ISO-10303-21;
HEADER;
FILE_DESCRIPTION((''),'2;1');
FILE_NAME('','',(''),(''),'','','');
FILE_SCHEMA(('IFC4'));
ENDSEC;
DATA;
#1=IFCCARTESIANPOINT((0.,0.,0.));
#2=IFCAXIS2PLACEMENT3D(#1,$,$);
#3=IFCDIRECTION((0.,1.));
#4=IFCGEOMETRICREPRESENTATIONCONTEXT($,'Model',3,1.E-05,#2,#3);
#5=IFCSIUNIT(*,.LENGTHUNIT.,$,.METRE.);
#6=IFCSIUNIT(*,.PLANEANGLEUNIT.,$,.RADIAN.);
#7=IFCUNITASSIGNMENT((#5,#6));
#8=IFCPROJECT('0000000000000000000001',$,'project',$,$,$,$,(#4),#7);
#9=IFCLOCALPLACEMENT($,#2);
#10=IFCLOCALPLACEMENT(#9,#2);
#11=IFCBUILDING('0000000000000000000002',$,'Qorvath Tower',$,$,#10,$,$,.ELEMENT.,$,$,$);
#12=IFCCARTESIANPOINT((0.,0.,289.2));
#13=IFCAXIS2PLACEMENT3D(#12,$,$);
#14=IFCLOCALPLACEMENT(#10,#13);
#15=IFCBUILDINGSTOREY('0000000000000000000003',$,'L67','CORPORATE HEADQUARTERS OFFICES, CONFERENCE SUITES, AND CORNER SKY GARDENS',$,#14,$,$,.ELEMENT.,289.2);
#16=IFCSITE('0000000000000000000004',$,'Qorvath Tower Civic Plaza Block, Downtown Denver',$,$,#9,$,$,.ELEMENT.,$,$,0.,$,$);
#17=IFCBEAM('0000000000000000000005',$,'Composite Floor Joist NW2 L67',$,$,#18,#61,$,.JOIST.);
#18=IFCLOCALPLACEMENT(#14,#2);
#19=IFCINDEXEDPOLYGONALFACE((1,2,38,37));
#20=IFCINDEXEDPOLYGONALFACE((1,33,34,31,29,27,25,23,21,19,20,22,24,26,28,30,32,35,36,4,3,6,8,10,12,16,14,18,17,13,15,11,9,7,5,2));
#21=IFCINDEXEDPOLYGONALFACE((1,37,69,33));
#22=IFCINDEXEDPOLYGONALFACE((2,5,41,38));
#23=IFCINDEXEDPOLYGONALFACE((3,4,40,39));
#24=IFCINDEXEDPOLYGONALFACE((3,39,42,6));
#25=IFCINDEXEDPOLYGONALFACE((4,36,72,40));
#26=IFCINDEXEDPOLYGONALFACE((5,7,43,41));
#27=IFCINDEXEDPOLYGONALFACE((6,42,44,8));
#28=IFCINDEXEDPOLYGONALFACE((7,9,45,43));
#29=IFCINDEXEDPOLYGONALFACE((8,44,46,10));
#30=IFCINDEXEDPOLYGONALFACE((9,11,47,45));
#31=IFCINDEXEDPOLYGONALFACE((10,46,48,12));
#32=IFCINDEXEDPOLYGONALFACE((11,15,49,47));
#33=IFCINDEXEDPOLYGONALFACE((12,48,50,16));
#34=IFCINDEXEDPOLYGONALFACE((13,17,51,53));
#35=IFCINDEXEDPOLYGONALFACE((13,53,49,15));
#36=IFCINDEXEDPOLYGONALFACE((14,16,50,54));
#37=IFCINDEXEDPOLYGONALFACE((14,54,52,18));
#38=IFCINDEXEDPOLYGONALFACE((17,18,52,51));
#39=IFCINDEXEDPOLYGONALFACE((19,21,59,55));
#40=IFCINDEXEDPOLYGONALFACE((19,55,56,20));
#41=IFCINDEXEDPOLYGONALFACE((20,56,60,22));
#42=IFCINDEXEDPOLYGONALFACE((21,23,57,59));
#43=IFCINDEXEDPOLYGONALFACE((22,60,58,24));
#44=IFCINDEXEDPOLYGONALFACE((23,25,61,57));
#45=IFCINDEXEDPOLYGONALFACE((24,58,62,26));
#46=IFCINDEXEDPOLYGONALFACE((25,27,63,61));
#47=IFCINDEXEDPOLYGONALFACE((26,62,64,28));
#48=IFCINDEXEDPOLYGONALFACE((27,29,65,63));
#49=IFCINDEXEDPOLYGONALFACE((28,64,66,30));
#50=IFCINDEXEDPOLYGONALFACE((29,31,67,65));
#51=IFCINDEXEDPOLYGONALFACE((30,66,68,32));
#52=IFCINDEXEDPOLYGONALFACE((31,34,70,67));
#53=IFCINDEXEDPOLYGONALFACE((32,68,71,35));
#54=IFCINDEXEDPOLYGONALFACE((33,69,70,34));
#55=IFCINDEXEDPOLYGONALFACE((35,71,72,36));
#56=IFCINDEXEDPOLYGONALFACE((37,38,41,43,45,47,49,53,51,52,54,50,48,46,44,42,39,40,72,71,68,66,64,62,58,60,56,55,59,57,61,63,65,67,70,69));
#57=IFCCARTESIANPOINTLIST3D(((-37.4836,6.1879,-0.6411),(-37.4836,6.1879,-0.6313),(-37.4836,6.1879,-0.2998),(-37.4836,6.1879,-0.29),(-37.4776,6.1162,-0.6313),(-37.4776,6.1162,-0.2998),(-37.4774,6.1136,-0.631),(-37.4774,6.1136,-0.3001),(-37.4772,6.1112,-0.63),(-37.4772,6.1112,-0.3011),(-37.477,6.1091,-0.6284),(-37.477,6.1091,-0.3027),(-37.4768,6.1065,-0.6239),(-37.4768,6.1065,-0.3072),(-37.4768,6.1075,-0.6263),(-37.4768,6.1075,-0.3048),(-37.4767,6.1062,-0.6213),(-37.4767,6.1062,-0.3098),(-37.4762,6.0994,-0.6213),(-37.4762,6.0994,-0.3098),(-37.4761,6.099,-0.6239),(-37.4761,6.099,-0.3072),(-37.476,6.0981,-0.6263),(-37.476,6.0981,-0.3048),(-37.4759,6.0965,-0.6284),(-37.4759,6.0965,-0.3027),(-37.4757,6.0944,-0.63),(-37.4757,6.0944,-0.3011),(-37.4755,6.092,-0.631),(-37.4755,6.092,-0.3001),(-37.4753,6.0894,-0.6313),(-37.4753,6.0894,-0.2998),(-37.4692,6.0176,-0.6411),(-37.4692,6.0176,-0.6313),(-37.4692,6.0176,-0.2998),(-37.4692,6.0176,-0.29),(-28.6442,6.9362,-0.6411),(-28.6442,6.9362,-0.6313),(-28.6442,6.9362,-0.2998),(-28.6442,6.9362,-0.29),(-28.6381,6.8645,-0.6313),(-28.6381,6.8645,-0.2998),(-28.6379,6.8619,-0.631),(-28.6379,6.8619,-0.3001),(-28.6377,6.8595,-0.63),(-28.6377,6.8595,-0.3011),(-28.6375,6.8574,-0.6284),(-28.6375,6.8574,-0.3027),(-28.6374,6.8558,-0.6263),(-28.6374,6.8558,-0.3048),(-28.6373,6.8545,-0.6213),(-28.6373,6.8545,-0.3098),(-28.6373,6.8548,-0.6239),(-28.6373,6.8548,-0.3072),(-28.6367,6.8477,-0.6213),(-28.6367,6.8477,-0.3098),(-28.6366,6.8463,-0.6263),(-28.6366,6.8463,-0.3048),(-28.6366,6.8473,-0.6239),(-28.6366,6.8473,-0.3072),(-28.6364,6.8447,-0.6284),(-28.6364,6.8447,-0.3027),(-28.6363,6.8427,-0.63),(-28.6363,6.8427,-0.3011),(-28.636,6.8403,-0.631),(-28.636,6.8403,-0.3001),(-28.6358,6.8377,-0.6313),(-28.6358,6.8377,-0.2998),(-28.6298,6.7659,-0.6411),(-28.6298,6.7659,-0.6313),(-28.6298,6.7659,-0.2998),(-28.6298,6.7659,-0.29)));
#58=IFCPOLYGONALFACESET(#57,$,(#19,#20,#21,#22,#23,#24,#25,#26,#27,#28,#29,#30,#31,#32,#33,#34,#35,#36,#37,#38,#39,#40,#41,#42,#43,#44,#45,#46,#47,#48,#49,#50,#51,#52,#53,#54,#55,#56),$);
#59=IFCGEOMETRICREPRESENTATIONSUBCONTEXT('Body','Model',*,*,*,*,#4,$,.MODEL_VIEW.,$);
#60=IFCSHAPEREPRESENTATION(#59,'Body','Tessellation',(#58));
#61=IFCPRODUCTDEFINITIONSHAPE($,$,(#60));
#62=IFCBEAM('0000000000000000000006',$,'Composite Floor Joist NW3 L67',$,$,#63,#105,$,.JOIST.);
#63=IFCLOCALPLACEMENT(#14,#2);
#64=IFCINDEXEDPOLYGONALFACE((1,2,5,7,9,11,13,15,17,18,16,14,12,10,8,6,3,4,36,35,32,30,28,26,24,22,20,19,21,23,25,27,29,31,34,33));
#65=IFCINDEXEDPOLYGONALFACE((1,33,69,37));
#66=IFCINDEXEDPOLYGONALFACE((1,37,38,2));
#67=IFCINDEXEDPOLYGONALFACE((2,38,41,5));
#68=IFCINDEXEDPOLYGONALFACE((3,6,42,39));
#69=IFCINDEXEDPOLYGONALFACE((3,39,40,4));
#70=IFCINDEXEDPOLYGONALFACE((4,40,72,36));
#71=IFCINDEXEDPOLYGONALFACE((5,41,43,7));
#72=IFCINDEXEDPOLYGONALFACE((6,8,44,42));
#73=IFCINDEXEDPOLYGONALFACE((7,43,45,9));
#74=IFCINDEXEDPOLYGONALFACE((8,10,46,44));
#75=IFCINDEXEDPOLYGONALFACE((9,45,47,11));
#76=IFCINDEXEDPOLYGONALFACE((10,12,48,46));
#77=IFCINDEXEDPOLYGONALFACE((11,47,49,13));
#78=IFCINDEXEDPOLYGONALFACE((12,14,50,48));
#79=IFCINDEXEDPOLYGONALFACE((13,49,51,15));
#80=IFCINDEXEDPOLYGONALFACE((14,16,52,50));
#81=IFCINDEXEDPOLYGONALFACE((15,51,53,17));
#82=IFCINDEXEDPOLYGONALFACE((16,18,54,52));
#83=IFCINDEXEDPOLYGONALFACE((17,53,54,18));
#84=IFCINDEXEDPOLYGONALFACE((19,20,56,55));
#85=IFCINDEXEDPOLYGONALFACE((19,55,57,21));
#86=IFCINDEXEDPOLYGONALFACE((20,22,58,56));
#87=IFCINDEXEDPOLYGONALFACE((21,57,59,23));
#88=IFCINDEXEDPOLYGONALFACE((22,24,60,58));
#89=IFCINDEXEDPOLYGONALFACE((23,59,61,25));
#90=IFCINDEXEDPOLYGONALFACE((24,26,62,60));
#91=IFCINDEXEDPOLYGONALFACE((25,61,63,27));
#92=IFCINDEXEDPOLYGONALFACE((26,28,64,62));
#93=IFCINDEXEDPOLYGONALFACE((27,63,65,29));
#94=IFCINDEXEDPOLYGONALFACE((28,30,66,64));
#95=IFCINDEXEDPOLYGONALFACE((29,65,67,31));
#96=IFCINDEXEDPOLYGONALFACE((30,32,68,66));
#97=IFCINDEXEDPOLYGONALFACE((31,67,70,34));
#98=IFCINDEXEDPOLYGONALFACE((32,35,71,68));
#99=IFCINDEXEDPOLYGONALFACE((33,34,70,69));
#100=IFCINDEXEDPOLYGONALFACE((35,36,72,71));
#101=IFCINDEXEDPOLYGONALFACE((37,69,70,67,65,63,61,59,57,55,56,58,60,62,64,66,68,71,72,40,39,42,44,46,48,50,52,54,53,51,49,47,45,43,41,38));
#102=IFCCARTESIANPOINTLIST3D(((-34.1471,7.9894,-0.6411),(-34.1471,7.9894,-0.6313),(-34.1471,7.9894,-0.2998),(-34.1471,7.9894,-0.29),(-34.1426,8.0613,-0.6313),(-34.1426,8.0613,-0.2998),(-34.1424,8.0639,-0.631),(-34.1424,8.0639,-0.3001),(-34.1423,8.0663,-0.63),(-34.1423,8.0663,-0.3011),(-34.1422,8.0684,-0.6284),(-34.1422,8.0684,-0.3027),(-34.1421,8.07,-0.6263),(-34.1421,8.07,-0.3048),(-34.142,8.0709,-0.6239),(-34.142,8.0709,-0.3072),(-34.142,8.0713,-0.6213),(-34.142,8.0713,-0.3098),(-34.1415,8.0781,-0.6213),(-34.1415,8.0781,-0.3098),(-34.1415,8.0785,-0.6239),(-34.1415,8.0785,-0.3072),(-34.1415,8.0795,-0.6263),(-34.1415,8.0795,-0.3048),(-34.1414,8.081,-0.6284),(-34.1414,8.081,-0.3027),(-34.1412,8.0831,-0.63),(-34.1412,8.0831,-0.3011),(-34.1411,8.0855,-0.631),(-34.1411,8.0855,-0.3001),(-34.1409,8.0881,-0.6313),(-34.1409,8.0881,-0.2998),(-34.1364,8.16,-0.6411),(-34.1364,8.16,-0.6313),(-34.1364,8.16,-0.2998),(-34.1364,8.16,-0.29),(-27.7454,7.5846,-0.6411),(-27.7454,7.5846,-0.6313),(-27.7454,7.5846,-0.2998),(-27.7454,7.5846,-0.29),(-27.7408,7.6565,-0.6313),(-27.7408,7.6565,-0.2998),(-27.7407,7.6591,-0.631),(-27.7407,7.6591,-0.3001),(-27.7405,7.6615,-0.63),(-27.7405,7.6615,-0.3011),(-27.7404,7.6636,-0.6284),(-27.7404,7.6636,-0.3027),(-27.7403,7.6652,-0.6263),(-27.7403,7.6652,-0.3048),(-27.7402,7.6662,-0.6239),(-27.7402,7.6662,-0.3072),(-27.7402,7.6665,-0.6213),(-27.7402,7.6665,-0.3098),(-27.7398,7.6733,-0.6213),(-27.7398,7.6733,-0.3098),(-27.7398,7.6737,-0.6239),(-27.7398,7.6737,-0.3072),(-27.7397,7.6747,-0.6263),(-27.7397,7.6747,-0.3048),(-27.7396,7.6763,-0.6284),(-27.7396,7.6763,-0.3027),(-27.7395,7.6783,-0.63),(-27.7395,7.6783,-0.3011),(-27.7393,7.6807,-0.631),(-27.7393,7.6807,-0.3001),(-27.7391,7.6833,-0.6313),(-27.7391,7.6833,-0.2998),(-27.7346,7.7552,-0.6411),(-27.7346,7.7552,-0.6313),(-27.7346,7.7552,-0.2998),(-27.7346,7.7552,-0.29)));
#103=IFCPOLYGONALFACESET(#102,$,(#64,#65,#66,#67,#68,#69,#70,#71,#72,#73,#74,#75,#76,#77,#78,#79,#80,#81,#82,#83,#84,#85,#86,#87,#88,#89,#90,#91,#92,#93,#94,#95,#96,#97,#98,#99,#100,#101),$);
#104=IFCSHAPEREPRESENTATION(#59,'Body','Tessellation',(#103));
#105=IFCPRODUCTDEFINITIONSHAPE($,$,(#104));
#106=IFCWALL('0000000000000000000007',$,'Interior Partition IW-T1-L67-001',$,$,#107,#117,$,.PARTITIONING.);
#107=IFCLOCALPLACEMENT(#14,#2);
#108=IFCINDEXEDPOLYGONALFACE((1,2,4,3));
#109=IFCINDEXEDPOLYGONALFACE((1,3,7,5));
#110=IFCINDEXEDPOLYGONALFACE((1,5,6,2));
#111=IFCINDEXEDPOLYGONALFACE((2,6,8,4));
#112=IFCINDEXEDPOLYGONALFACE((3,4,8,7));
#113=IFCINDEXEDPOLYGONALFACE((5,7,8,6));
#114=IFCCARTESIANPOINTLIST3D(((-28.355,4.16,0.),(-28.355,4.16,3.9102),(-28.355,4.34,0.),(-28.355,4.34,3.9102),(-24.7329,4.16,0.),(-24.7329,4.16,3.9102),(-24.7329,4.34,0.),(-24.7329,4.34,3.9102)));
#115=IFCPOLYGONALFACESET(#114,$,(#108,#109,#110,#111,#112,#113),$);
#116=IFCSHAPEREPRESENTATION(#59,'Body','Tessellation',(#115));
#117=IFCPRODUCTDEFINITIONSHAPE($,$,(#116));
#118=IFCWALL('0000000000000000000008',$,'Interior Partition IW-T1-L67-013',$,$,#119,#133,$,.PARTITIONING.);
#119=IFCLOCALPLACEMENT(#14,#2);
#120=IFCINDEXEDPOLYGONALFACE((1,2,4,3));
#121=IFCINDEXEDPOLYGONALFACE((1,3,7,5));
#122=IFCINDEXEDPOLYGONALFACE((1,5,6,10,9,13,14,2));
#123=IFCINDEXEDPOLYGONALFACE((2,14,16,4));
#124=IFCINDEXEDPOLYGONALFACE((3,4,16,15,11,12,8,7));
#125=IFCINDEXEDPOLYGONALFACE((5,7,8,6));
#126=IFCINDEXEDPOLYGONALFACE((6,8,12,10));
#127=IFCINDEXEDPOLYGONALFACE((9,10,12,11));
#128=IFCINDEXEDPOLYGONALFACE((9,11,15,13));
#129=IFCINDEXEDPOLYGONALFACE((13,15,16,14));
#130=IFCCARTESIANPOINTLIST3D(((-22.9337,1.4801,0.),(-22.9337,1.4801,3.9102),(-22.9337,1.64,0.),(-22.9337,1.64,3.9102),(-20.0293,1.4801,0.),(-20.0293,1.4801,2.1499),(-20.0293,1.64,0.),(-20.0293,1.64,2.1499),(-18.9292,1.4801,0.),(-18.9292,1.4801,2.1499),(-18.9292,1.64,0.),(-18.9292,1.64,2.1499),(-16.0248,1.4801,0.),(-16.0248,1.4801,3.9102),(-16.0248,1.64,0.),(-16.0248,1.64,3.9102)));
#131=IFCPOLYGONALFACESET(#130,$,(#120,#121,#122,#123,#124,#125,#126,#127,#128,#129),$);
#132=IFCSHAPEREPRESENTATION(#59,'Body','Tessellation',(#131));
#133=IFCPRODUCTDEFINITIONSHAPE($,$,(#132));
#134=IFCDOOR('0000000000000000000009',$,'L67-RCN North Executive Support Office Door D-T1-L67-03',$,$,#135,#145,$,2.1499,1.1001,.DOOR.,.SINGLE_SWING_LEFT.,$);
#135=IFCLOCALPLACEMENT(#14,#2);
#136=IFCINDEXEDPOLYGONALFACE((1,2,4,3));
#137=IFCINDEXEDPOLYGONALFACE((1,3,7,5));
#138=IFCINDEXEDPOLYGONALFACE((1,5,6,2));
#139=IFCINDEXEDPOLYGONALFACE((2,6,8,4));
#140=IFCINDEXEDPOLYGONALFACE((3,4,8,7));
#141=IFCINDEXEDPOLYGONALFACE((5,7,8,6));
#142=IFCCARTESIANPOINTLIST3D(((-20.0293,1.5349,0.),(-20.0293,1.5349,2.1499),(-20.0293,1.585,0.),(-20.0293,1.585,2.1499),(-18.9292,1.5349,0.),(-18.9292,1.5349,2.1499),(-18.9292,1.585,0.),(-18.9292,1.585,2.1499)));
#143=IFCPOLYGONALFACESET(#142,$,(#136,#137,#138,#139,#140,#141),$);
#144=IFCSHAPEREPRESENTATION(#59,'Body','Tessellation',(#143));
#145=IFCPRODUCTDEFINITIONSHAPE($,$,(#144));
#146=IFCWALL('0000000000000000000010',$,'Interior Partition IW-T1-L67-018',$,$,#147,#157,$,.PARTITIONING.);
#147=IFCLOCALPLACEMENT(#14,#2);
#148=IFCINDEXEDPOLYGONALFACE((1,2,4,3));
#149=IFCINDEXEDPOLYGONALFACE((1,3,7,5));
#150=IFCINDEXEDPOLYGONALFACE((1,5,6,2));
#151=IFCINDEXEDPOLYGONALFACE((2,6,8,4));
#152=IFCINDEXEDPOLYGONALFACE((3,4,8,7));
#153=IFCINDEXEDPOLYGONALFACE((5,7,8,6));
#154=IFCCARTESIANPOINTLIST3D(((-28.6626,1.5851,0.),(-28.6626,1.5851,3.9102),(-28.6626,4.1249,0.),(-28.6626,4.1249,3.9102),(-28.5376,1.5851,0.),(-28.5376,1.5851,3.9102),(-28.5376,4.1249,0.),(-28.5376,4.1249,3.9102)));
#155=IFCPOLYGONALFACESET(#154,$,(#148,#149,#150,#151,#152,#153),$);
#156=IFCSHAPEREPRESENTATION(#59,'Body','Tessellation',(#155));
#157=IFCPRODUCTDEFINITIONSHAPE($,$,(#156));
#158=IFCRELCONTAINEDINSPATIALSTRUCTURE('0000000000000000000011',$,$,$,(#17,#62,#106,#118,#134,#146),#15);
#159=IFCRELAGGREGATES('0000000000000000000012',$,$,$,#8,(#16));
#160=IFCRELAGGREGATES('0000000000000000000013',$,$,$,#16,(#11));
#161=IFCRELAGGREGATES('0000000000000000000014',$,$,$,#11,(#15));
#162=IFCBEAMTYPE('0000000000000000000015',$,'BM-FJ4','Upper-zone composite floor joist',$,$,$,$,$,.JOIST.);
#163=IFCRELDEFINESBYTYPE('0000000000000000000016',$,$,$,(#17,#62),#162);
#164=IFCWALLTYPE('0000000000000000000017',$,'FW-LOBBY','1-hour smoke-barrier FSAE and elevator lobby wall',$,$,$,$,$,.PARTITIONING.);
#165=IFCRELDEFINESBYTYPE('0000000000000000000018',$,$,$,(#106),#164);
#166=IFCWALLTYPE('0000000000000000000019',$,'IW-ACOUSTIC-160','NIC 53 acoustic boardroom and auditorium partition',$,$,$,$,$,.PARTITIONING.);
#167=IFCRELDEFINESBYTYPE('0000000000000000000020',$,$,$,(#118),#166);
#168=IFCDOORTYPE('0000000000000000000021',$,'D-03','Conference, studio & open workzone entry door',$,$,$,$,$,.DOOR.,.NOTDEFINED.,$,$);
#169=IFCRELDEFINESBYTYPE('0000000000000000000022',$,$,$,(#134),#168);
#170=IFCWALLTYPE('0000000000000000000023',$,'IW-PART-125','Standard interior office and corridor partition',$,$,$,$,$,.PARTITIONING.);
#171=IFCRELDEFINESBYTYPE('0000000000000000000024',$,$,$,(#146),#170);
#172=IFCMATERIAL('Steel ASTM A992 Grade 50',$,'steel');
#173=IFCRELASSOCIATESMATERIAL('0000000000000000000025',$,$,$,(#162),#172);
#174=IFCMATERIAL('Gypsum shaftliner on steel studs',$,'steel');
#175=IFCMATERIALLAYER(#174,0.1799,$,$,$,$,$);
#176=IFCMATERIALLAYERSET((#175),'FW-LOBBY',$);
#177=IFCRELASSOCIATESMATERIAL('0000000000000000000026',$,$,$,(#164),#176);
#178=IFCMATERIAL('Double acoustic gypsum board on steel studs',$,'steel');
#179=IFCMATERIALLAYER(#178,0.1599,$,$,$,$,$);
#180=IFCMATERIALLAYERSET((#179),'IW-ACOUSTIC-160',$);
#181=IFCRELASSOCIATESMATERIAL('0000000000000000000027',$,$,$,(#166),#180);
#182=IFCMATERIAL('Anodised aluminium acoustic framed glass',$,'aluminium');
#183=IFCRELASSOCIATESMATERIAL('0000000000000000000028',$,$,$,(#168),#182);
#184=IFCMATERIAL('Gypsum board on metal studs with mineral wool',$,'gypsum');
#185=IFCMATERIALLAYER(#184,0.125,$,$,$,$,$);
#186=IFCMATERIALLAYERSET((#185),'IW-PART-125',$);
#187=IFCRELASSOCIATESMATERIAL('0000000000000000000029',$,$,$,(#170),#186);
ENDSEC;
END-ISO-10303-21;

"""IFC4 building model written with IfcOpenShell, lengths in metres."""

from ifc_helpers import new_model, si_unit, direction, frame, frame_2d, origin, origin_2d, place, context, subcontext, project, spatial, rectangle, i_section, extrude, material, layer, layer_set, material_profile, profile_set, type_object, element, fill, save


model = new_model("IFC4")

# Units and contexts
model_context = context("Model", 3, precision=1e-05, world=origin(), true_north=direction((0.0, 1.0)))
body_context = subcontext(model_context, "Body", "Model", "MODEL_VIEW")
ifc_project = project(units=[si_unit("LENGTHUNIT", "METRE"), si_unit("PLANEANGLEUNIT", "RADIAN")], contexts=[model_context])

# Site, building, storey
site_placement = place(None, origin())
site = spatial("IfcSite", under=ifc_project, at=site_placement, Name="Qorvath Tower Civic Plaza Block, Downtown Denver", CompositionType="ELEMENT", RefElevation=0.0)
building_placement = place(site_placement, origin())
building = spatial("IfcBuilding", under=site, at=building_placement, Name="Qorvath Tower", CompositionType="ELEMENT")
storey_placement = place(building_placement, frame((0.0, 0.0, 289.2)))
storey = spatial("IfcBuildingStorey", under=building, at=storey_placement, Name="L67", Description="CORPORATE HEADQUARTERS OFFICES, CONFERENCE SUITES, AND CORNER SKY GARDENS", CompositionType="ELEMENT", Elevation=289.2)

# Beams
ifc_material_1 = material(Name="Steel ASTM A992 Grade 50", Category="steel")
ifc_material_profile = material_profile(ifc_material_1, i_section(OverallWidth=0.1709, OverallDepth=0.3511, WebThickness=0.0068, FlangeThickness=0.0098, FilletRadius=0.01, at=origin_2d()), Name="W14x30")
ifc_profile_set = profile_set([ifc_material_profile], Name="Steel ASTM A992 Grade 50")
beam_type = type_object("IfcBeamType", Name="BM-FJ4", Description="Upper-zone composite floor joist", PredefinedType="JOIST", material=ifc_profile_set)
beam_1_placement = place(storey_placement, frame((-28.637, 6.8511, -0.4656), z_axis=(-0.996436, -0.08435, 0.0), x_axis=(0.08435, -0.996436, 0.0)))
element("IfcBeam", 1, at=beam_1_placement, inside=storey, type_object=beam_type, Name="Composite Floor Joist NW2 L67", PredefinedType="JOIST", context=body_context, shape_type="SweptSolid", body=[
    extrude(i_section(OverallWidth=0.1709, OverallDepth=0.3511, WebThickness=0.0068, FlangeThickness=0.0098, FilletRadius=0.01, at=origin_2d()), origin(), (0.0, 0.0, 1.0), 8.8711),
])
beam_2_placement = place(storey_placement, frame((-27.74, 7.6699, -0.4656), z_axis=(-0.998007, 0.063103, 0.0), x_axis=(-0.063103, -0.998007, 0.0)))
element("IfcBeam", 2, at=beam_2_placement, inside=storey, type_object=beam_type, Name="Composite Floor Joist NW3 L67", PredefinedType="JOIST", context=body_context, shape_type="SweptSolid", body=[
    extrude(i_section(OverallWidth=0.1709, OverallDepth=0.3511, WebThickness=0.0068, FlangeThickness=0.0098, FilletRadius=0.01, at=origin_2d()), origin(), (0.0, 0.0, 1.0), 6.4146),
])

# Wall
ifc_material_2 = material(Name="Gypsum shaftliner on steel studs", Category="steel")
ifc_layer_1 = layer(ifc_material_2, 0.1799)
ifc_layer_set_1 = layer_set([ifc_layer_1], Name="FW-LOBBY")
wall_type_1 = type_object("IfcWallType", Name="FW-LOBBY", Description="1-hour smoke-barrier FSAE and elevator lobby wall", PredefinedType="PARTITIONING", material=ifc_layer_set_1)
wall_1_placement = place(storey_placement, frame((-28.355, 4.25, 0.0), z_axis=(0.0, 0.0, 1.0), x_axis=(1.0, 0.0, 0.0)))
element("IfcWall", 3, at=wall_1_placement, inside=storey, type_object=wall_type_1, Name="Interior Partition IW-T1-L67-001", PredefinedType="PARTITIONING", context=body_context, shape_type="SweptSolid", body=[
    extrude(rectangle(XDim=3.6221, YDim=0.1799, at=frame_2d((1.811, 0.0))), origin(), (0.0, 0.0, 1.0), 3.9102),
])

# Wall, opening, door
ifc_material_3 = material(Name="Double acoustic gypsum board on steel studs", Category="steel")
ifc_layer_2 = layer(ifc_material_3, 0.1599)
ifc_layer_set_2 = layer_set([ifc_layer_2], Name="IW-ACOUSTIC-160")
wall_type_2 = type_object("IfcWallType", Name="IW-ACOUSTIC-160", Description="NIC 53 acoustic boardroom and auditorium partition", PredefinedType="PARTITIONING", material=ifc_layer_set_2)
wall_2_placement = place(storey_placement, frame((-22.9338, 1.5601, 0.0), z_axis=(0.0, 0.0, 1.0), x_axis=(1.0, 0.0, 0.0)))
wall_2 = element("IfcWall", 4, at=wall_2_placement, inside=storey, type_object=wall_type_2, Name="Interior Partition IW-T1-L67-013", PredefinedType="PARTITIONING", context=body_context, shape_type="SweptSolid", body=[
    extrude(rectangle(XDim=6.9089, YDim=0.1599, at=frame_2d((3.4546, 0.0))), origin(), (0.0, 0.0, 1.0), 3.9102),
])
opening_1_placement = place(wall_2_placement, frame((2.9045, 0.0, 0.0)))
opening_1 = element("IfcOpeningElement", 5, at=opening_1_placement, cuts=wall_2, PredefinedType="OPENING", context=body_context, shape_type="SweptSolid", body=[
    extrude(rectangle(XDim=1.1001, YDim=2.1499, at=frame_2d((0.55, 1.075))), frame((0.0, 0.0898, 0.0), z_axis=(0.0, -1.0, 0.0), x_axis=(1.0, 0.0, 0.0)), (0.0, 0.0, 1.0), 0.1799),
])
ifc_material_4 = material(Name="Anodised aluminium acoustic framed glass", Category="aluminium")
door_type_1 = type_object("IfcDoorType", Name="D-03", Description="Conference, studio & open workzone entry door", OperationType="NOTDEFINED", PredefinedType="DOOR", material=ifc_material_4)
door_1_placement = place(opening_1_placement, origin())
door_1 = element("IfcDoor", 6, at=door_1_placement, inside=storey, type_object=door_type_1, Name="L67-RCN North Executive Support Office Door D-T1-L67-03", OperationType="SINGLE_SWING_LEFT", OverallHeight=2.1499, OverallWidth=1.1001, PredefinedType="DOOR", context=body_context, shape_type="SweptSolid", body=[
    extrude(rectangle(XDim=1.1001, YDim=2.1499, at=frame_2d((0.55, 1.075))), frame((0.0, 0.0249, 0.0), z_axis=(0.0, -1.0, 0.0), x_axis=(1.0, 0.0, 0.0)), (0.0, 0.0, 1.0), 0.05),
])
fill(opening_1, door_1)

# Wall
ifc_material_5 = material(Name="Gypsum board on metal studs with mineral wool", Category="gypsum")
ifc_layer_3 = layer(ifc_material_5, 0.125)
ifc_layer_set_3 = layer_set([ifc_layer_3], Name="IW-PART-125")
wall_type_3 = type_object("IfcWallType", Name="IW-PART-125", Description="Standard interior office and corridor partition", PredefinedType="PARTITIONING", material=ifc_layer_set_3)
wall_3_placement = place(storey_placement, frame((-28.6001, 4.125, 0.0), z_axis=(0.0, 0.0, 1.0), x_axis=(0.0, -1.0, 0.0)))
element("IfcWall", 7, at=wall_3_placement, inside=storey, type_object=wall_type_3, Name="Interior Partition IW-T1-L67-018", PredefinedType="PARTITIONING", context=body_context, shape_type="SweptSolid", body=[
    extrude(rectangle(XDim=2.5398, YDim=0.125, at=frame_2d((1.27, 0.0))), origin(), (0.0, 0.0, 1.0), 3.9102),
])

save(model, "model.ifc")
